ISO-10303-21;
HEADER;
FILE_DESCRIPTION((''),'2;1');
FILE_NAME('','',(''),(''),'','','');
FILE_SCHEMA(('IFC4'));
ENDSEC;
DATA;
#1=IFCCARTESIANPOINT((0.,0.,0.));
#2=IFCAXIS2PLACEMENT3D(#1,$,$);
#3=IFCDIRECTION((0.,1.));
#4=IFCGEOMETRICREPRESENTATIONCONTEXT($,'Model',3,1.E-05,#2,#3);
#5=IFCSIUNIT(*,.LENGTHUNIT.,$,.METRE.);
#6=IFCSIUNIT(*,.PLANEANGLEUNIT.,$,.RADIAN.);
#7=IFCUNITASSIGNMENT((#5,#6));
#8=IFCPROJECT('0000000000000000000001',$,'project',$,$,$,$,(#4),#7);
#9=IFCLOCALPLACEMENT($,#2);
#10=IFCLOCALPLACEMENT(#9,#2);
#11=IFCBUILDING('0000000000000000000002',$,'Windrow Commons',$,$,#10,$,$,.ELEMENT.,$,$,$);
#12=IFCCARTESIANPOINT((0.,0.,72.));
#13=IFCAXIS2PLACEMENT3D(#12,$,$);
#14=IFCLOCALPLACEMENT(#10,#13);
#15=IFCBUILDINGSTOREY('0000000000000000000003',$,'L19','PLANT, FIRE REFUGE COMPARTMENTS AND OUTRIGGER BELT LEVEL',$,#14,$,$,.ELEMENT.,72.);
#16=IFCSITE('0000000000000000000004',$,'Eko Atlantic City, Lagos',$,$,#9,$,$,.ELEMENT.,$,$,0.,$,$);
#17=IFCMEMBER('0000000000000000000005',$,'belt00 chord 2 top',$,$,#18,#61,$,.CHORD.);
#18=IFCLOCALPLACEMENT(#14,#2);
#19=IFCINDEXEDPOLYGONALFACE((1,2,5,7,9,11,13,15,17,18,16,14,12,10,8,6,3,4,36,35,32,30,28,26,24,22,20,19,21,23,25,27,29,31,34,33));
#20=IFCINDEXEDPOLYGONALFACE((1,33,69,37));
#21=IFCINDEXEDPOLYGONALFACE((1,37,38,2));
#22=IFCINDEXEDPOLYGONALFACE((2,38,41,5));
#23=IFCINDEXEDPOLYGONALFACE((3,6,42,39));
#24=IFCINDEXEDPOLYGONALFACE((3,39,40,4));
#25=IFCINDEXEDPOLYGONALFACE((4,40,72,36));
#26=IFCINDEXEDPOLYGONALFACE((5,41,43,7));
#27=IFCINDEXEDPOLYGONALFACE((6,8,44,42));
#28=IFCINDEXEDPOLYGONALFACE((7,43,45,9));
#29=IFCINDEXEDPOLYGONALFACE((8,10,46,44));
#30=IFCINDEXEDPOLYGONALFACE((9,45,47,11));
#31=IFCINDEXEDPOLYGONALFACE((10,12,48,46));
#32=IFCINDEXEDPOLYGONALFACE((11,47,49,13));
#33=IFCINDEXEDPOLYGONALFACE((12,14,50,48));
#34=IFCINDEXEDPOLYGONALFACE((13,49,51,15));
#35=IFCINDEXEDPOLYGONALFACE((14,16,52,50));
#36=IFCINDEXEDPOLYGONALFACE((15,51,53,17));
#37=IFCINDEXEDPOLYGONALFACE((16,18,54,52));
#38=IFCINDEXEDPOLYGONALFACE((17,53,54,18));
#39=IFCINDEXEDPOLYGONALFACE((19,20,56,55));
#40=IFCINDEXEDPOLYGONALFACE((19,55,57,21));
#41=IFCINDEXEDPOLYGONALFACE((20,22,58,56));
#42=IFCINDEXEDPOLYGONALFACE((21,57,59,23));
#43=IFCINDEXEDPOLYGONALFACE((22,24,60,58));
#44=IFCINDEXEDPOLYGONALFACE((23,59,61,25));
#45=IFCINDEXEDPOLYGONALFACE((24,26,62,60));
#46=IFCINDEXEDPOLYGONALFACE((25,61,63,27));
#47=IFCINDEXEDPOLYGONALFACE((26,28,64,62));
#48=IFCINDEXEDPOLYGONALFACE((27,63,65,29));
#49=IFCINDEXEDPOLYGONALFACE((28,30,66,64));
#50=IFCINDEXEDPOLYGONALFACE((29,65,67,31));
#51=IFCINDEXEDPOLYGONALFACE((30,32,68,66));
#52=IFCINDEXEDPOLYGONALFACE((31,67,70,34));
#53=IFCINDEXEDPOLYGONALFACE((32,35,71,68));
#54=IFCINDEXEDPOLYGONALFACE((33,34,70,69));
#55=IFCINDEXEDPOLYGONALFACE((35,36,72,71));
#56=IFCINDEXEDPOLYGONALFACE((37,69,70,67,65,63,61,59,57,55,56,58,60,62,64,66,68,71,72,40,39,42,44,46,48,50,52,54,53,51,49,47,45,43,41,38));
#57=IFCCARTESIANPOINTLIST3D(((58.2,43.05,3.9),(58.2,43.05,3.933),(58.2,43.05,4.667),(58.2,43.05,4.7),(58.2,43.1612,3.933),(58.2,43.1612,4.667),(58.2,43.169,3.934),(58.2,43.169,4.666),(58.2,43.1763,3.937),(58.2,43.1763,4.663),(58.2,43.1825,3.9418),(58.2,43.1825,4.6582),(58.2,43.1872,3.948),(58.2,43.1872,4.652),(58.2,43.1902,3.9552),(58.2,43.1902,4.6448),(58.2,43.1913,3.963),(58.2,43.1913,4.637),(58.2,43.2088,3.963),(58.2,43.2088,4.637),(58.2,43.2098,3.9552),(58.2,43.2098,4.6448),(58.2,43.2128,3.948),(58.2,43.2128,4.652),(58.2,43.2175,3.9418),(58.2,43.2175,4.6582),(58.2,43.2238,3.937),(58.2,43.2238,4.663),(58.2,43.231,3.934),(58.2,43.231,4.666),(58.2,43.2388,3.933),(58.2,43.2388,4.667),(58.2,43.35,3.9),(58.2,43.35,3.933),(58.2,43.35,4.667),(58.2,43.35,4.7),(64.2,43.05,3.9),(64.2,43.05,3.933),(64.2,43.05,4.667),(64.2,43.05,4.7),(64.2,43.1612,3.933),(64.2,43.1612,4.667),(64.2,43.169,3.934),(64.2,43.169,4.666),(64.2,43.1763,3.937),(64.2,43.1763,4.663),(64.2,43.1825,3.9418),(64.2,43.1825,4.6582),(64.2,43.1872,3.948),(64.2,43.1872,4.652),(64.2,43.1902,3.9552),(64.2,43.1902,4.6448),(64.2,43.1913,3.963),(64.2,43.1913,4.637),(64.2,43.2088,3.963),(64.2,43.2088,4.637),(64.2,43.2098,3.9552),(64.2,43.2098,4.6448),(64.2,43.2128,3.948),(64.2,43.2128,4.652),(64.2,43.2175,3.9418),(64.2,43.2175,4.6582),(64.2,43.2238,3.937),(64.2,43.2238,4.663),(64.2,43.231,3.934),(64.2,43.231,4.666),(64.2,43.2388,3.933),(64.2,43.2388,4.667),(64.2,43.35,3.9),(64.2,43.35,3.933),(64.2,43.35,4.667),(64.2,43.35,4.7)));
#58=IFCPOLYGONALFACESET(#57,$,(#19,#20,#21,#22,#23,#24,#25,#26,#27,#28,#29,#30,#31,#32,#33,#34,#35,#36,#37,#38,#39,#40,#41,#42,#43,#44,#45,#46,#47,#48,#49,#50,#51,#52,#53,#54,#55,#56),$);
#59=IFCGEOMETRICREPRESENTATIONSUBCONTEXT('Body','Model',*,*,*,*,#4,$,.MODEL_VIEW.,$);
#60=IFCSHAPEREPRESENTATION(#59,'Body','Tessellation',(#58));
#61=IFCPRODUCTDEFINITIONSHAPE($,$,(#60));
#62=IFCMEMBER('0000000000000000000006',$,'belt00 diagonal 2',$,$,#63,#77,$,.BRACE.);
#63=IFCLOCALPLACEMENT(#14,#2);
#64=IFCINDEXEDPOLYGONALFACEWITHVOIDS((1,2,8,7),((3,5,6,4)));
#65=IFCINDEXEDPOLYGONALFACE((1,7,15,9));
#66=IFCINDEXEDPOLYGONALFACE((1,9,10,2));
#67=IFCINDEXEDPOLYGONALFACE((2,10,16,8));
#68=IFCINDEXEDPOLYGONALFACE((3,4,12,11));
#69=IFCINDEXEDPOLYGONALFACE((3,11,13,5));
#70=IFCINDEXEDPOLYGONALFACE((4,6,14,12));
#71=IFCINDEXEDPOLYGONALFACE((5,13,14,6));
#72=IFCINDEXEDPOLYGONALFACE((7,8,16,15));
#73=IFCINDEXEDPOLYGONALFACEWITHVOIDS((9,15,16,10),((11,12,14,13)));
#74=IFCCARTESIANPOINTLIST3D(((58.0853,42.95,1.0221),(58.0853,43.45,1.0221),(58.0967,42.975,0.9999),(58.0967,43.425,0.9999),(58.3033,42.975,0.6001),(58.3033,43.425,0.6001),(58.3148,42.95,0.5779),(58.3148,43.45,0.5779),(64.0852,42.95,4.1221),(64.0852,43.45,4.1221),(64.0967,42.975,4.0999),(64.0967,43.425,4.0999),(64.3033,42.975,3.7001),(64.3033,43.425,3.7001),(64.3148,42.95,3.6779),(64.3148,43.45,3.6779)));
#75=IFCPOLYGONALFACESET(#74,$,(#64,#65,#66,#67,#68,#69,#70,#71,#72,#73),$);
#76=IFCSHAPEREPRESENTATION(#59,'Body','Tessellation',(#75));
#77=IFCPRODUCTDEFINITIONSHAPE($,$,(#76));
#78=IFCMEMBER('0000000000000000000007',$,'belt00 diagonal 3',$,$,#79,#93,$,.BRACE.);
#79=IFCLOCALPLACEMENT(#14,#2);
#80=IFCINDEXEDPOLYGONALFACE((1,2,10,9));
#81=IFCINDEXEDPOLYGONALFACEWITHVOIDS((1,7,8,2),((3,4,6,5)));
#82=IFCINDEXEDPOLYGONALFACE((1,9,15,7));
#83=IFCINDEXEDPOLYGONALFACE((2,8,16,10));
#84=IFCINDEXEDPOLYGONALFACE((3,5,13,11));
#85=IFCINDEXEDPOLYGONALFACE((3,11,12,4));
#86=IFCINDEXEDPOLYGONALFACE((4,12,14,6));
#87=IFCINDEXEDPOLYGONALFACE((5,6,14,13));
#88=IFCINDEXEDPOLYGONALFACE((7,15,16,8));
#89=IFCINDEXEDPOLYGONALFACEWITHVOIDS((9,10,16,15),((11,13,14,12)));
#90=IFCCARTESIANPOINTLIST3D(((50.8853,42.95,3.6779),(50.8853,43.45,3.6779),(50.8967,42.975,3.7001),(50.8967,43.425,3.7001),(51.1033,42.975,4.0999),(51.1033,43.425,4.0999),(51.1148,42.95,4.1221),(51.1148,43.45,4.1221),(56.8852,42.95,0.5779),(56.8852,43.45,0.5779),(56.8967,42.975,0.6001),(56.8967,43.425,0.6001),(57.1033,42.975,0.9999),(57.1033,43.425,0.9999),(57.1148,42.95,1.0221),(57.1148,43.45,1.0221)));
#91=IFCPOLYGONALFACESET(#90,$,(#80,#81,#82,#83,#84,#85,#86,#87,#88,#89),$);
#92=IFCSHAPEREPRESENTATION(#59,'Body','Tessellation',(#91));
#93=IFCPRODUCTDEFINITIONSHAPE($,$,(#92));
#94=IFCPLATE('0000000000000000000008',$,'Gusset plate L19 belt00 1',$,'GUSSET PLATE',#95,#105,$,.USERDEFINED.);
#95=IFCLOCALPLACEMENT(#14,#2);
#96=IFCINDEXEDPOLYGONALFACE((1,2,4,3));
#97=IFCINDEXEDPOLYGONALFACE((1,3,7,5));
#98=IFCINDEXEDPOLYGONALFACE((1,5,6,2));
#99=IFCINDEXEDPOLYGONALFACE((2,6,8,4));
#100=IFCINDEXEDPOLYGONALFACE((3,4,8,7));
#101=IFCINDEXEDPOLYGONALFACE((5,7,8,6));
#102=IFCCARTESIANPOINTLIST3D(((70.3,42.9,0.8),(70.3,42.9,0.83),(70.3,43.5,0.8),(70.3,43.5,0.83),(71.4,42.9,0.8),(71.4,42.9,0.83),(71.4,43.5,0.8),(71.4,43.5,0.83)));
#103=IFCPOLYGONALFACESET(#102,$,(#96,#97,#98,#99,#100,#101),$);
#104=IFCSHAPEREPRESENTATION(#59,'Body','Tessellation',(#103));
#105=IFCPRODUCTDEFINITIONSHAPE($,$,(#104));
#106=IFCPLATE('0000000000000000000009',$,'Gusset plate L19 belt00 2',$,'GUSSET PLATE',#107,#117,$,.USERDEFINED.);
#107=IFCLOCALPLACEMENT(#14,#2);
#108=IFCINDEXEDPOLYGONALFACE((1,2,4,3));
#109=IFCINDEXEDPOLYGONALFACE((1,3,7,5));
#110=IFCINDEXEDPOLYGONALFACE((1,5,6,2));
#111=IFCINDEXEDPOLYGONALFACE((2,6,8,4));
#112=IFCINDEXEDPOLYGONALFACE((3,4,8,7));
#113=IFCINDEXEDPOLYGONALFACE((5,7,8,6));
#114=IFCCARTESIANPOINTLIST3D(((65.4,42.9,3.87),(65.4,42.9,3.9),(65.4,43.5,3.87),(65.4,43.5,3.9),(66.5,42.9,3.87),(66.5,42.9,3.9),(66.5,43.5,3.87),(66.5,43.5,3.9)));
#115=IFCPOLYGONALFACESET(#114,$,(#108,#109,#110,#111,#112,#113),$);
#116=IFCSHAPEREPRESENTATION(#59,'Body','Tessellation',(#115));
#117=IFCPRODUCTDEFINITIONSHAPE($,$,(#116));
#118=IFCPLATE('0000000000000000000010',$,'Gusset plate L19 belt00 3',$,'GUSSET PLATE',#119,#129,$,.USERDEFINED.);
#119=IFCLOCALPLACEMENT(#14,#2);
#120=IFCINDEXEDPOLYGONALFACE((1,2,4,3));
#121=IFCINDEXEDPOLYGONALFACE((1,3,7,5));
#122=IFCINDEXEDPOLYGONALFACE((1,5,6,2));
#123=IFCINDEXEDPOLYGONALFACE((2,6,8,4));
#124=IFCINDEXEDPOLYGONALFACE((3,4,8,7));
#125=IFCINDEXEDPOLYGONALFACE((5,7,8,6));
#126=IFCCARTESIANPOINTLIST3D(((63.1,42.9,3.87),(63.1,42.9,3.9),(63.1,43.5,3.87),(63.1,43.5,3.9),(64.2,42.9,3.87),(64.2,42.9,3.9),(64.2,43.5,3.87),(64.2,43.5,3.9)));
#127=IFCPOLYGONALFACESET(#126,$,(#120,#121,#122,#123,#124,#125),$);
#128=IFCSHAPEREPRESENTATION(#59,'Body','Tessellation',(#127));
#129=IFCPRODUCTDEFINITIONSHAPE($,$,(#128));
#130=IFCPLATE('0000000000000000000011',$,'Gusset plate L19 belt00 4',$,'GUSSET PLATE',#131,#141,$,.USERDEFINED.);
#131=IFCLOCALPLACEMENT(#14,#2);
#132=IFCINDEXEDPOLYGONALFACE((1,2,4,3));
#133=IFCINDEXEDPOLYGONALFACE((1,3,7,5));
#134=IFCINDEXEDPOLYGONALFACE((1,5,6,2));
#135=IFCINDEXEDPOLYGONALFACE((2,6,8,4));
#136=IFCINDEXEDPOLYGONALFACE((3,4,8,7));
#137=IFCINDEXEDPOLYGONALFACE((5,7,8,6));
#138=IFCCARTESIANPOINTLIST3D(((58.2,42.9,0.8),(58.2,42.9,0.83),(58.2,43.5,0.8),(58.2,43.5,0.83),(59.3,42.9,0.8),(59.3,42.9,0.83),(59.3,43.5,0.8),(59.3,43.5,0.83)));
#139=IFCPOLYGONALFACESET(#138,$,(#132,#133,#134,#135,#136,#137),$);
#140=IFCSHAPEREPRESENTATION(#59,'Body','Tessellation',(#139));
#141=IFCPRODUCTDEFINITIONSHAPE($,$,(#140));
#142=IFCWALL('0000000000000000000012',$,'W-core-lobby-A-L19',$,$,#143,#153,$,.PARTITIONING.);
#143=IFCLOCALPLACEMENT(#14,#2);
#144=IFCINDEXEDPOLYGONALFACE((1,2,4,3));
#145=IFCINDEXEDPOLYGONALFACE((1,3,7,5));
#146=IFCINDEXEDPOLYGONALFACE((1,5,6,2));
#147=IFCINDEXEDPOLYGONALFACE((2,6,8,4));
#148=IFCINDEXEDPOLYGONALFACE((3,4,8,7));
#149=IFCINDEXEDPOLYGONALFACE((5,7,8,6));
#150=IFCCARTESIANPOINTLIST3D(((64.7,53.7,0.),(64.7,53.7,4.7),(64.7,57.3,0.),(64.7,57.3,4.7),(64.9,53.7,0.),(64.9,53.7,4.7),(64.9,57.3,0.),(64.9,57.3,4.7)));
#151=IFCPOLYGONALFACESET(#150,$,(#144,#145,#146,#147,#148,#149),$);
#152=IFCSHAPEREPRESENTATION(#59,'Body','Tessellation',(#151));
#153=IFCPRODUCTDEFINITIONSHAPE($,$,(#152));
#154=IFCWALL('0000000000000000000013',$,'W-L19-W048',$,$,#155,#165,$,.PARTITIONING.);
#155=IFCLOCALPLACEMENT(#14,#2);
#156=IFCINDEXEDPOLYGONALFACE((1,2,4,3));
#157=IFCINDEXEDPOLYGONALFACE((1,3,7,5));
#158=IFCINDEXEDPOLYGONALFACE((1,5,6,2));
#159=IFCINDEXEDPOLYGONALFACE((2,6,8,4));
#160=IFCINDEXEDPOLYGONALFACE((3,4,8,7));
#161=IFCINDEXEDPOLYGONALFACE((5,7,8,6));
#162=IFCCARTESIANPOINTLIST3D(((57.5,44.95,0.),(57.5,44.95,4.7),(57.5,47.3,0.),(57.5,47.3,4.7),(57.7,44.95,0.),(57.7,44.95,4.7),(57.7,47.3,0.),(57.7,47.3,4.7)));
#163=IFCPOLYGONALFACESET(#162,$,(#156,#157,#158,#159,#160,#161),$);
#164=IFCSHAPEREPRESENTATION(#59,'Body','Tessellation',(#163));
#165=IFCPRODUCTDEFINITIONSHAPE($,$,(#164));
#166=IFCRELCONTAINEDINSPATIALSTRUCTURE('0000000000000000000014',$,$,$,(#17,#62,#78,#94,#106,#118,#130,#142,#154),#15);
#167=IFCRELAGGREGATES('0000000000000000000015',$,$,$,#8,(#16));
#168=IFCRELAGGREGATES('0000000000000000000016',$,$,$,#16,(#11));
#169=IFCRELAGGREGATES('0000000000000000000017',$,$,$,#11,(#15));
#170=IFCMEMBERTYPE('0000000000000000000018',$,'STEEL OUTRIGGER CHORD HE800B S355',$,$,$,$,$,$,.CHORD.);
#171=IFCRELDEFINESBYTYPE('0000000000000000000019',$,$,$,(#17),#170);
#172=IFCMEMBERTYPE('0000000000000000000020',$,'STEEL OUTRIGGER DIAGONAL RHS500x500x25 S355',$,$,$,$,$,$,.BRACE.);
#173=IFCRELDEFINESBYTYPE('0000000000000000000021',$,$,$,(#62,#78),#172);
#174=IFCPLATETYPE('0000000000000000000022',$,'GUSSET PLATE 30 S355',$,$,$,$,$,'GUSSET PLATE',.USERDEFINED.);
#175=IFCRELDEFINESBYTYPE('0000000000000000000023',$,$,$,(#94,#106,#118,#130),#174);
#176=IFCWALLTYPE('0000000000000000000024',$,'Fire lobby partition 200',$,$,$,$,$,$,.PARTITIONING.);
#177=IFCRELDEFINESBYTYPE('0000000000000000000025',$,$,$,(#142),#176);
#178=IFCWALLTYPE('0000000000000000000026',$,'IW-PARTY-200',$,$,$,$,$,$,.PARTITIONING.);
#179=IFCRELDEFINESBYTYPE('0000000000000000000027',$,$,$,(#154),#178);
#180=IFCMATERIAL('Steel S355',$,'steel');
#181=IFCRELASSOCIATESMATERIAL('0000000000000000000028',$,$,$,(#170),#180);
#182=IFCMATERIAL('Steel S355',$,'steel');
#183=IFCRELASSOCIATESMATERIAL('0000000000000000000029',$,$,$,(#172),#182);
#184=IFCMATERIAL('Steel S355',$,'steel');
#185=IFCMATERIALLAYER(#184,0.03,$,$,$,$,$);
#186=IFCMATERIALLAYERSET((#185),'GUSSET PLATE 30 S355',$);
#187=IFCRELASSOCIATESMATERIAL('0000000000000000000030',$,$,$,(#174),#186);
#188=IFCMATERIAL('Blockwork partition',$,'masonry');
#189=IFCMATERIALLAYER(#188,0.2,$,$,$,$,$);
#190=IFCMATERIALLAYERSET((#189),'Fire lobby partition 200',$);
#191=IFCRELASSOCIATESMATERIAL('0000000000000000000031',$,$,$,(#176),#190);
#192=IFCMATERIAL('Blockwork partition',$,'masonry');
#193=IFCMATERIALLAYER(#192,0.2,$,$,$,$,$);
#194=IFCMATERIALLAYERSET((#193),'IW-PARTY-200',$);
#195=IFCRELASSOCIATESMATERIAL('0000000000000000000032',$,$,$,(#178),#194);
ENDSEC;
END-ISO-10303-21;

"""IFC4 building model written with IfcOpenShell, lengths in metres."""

from ifc_helpers import new_model, si_unit, direction, frame, frame_2d, origin, origin_2d, place, context, subcontext, project, spatial, rectangle, hollow_rectangle, i_section, extrude, material, layer, layer_set, material_profile, profile_set, type_object, element, save


model = new_model("IFC4")

# Units and contexts
model_context = context("Model", 3, precision=1e-05, world=origin(), true_north=direction((0.0, 1.0)))
body_context = subcontext(model_context, "Body", "Model", "MODEL_VIEW")
ifc_project = project(units=[si_unit("LENGTHUNIT", "METRE"), si_unit("PLANEANGLEUNIT", "RADIAN")], contexts=[model_context])

# Site, building, storey
site_placement = place(None, origin())
site = spatial("IfcSite", under=ifc_project, at=site_placement, Name="Eko Atlantic City, Lagos", CompositionType="ELEMENT", RefElevation=0.0)
building_placement = place(site_placement, origin())
building = spatial("IfcBuilding", under=site, at=building_placement, Name="Windrow Commons", CompositionType="ELEMENT")
storey_placement = place(building_placement, frame((0.0, 0.0, 72.0)))
storey = spatial("IfcBuildingStorey", under=building, at=storey_placement, Name="L19", Description="PLANT, FIRE REFUGE COMPARTMENTS AND OUTRIGGER BELT LEVEL", CompositionType="ELEMENT", Elevation=72.0)

# Members
ifc_material_1 = material(Name="Steel S355", Category="steel")
ifc_material_profile_1 = material_profile(ifc_material_1, i_section(OverallWidth=0.3, OverallDepth=0.8, WebThickness=0.0175, FlangeThickness=0.033, FilletRadius=0.03, at=origin_2d()))
ifc_profile_set_1 = profile_set([ifc_material_profile_1], Name="Steel S355")
member_type_1 = type_object("IfcMemberType", Name="STEEL OUTRIGGER CHORD HE800B S355", PredefinedType="CHORD", material=ifc_profile_set_1)
for number, where, z_axis, x_axis, name in (
    (1, (64.2, 43.2, 4.3), (-1.0, 0.0, 0.0), (0.0, -1.0, 0.0), "belt00 chord 2 top"),
):
    element("IfcMember", number, at=place(storey_placement, frame(where, z_axis=z_axis, x_axis=x_axis)), inside=storey, type_object=member_type_1, Name=name, PredefinedType="CHORD", context=body_context, shape_type="SweptSolid", body=[
        extrude(i_section(OverallWidth=0.3, OverallDepth=0.8, WebThickness=0.0175, FlangeThickness=0.033, FilletRadius=0.03, at=origin_2d()), origin(), (0.0, 0.0, 1.0), 6.0),
    ])
ifc_material_2 = material(Name="Steel S355", Category="steel")
ifc_material_profile_2 = material_profile(ifc_material_2, hollow_rectangle(XDim=0.5, YDim=0.5, WallThickness=0.025, at=origin_2d()))
ifc_profile_set_2 = profile_set([ifc_material_profile_2], Name="Steel S355")
member_type_2 = type_object("IfcMemberType", Name="STEEL OUTRIGGER DIAGONAL RHS500x500x25 S355", PredefinedType="BRACE", material=ifc_profile_set_2)
for number, where, z_axis, x_axis, name in (
    (2, (64.2, 43.2, 3.9), (-0.888426, 0.0, -0.45902), (0.0, -1.0, 0.0), "belt00 diagonal 2"),
    (3, (57.0, 43.2, 0.8), (-0.888426, 0.0, 0.45902), (0.0, -1.0, 0.0), "belt00 diagonal 3"),
):
    element("IfcMember", number, at=place(storey_placement, frame(where, z_axis=z_axis, x_axis=x_axis)), inside=storey, type_object=member_type_2, Name=name, PredefinedType="BRACE", context=body_context, shape_type="SweptSolid", body=[
        extrude(hollow_rectangle(XDim=0.5, YDim=0.5, WallThickness=0.025, at=origin_2d()), origin(), (0.0, 0.0, 1.0), 6.7535),
    ])

# Plates
ifc_material_3 = material(Name="Steel S355", Category="steel")
ifc_layer_1 = layer(ifc_material_3, 0.03)
ifc_layer_set_1 = layer_set([ifc_layer_1], Name="GUSSET PLATE 30 S355")
plate_type = type_object("IfcPlateType", Name="GUSSET PLATE 30 S355", ElementType="GUSSET PLATE", PredefinedType="USERDEFINED", material=ifc_layer_set_1)
for number, where, z_axis, x_axis, name in (
    (4, (70.85, 43.2, 0.8), (0.0, 0.0, 1.0), (-1.0, 0.0, 0.0), "Gusset plate L19 belt00 1"),
    (5, (65.95, 43.2, 3.87), (0.0, 0.0, 1.0), (-1.0, 0.0, 0.0), "Gusset plate L19 belt00 2"),
    (6, (63.65, 43.2, 3.87), (0.0, 0.0, 1.0), (-1.0, 0.0, 0.0), "Gusset plate L19 belt00 3"),
    (7, (58.75, 43.2, 0.8), (0.0, 0.0, 1.0), (-1.0, 0.0, 0.0), "Gusset plate L19 belt00 4"),
):
    element("IfcPlate", number, at=place(storey_placement, frame(where, z_axis=z_axis, x_axis=x_axis)), inside=storey, type_object=plate_type, Name=name, ObjectType="GUSSET PLATE", PredefinedType="USERDEFINED", context=body_context, shape_type="SweptSolid", body=[
        extrude(rectangle(XDim=1.1, YDim=0.6, at=origin_2d()), origin(), (0.0, 0.0, 1.0), 0.03),
    ])

# Walls
ifc_material_4 = material(Name="Blockwork partition", Category="masonry")
ifc_layer_2 = layer(ifc_material_4, 0.2)
ifc_layer_set_2 = layer_set([ifc_layer_2], Name="Fire lobby partition 200")
wall_type_1 = type_object("IfcWallType", Name="Fire lobby partition 200", PredefinedType="PARTITIONING", material=ifc_layer_set_2)
wall_1_placement = place(storey_placement, frame((64.8, 53.7, 0.0), z_axis=(0.0, 0.0, 1.0), x_axis=(0.0, 1.0, 0.0)))
element("IfcWall", 8, at=wall_1_placement, inside=storey, type_object=wall_type_1, Name="W-core-lobby-A-L19", PredefinedType="PARTITIONING", context=body_context, shape_type="SweptSolid", body=[
    extrude(rectangle(XDim=3.6, YDim=0.2, at=frame_2d((1.8, 0.0))), origin(), (0.0, 0.0, 1.0), 4.7),
])
ifc_material_5 = material(Name="Blockwork partition", Category="masonry")
ifc_layer_3 = layer(ifc_material_5, 0.2)
ifc_layer_set_3 = layer_set([ifc_layer_3], Name="IW-PARTY-200")
wall_type_2 = type_object("IfcWallType", Name="IW-PARTY-200", PredefinedType="PARTITIONING", material=ifc_layer_set_3)
wall_2_placement = place(storey_placement, frame((57.6, 44.95, 0.0), z_axis=(0.0, 0.0, 1.0), x_axis=(0.0, 1.0, 0.0)))
element("IfcWall", 9, at=wall_2_placement, inside=storey, type_object=wall_type_2, Name="W-L19-W048", PredefinedType="PARTITIONING", context=body_context, shape_type="SweptSolid", body=[
    extrude(rectangle(XDim=2.35, YDim=0.2, at=frame_2d((1.175, 0.0))), origin(), (0.0, 0.0, 1.0), 4.7),
])

save(model, "model.ifc")
